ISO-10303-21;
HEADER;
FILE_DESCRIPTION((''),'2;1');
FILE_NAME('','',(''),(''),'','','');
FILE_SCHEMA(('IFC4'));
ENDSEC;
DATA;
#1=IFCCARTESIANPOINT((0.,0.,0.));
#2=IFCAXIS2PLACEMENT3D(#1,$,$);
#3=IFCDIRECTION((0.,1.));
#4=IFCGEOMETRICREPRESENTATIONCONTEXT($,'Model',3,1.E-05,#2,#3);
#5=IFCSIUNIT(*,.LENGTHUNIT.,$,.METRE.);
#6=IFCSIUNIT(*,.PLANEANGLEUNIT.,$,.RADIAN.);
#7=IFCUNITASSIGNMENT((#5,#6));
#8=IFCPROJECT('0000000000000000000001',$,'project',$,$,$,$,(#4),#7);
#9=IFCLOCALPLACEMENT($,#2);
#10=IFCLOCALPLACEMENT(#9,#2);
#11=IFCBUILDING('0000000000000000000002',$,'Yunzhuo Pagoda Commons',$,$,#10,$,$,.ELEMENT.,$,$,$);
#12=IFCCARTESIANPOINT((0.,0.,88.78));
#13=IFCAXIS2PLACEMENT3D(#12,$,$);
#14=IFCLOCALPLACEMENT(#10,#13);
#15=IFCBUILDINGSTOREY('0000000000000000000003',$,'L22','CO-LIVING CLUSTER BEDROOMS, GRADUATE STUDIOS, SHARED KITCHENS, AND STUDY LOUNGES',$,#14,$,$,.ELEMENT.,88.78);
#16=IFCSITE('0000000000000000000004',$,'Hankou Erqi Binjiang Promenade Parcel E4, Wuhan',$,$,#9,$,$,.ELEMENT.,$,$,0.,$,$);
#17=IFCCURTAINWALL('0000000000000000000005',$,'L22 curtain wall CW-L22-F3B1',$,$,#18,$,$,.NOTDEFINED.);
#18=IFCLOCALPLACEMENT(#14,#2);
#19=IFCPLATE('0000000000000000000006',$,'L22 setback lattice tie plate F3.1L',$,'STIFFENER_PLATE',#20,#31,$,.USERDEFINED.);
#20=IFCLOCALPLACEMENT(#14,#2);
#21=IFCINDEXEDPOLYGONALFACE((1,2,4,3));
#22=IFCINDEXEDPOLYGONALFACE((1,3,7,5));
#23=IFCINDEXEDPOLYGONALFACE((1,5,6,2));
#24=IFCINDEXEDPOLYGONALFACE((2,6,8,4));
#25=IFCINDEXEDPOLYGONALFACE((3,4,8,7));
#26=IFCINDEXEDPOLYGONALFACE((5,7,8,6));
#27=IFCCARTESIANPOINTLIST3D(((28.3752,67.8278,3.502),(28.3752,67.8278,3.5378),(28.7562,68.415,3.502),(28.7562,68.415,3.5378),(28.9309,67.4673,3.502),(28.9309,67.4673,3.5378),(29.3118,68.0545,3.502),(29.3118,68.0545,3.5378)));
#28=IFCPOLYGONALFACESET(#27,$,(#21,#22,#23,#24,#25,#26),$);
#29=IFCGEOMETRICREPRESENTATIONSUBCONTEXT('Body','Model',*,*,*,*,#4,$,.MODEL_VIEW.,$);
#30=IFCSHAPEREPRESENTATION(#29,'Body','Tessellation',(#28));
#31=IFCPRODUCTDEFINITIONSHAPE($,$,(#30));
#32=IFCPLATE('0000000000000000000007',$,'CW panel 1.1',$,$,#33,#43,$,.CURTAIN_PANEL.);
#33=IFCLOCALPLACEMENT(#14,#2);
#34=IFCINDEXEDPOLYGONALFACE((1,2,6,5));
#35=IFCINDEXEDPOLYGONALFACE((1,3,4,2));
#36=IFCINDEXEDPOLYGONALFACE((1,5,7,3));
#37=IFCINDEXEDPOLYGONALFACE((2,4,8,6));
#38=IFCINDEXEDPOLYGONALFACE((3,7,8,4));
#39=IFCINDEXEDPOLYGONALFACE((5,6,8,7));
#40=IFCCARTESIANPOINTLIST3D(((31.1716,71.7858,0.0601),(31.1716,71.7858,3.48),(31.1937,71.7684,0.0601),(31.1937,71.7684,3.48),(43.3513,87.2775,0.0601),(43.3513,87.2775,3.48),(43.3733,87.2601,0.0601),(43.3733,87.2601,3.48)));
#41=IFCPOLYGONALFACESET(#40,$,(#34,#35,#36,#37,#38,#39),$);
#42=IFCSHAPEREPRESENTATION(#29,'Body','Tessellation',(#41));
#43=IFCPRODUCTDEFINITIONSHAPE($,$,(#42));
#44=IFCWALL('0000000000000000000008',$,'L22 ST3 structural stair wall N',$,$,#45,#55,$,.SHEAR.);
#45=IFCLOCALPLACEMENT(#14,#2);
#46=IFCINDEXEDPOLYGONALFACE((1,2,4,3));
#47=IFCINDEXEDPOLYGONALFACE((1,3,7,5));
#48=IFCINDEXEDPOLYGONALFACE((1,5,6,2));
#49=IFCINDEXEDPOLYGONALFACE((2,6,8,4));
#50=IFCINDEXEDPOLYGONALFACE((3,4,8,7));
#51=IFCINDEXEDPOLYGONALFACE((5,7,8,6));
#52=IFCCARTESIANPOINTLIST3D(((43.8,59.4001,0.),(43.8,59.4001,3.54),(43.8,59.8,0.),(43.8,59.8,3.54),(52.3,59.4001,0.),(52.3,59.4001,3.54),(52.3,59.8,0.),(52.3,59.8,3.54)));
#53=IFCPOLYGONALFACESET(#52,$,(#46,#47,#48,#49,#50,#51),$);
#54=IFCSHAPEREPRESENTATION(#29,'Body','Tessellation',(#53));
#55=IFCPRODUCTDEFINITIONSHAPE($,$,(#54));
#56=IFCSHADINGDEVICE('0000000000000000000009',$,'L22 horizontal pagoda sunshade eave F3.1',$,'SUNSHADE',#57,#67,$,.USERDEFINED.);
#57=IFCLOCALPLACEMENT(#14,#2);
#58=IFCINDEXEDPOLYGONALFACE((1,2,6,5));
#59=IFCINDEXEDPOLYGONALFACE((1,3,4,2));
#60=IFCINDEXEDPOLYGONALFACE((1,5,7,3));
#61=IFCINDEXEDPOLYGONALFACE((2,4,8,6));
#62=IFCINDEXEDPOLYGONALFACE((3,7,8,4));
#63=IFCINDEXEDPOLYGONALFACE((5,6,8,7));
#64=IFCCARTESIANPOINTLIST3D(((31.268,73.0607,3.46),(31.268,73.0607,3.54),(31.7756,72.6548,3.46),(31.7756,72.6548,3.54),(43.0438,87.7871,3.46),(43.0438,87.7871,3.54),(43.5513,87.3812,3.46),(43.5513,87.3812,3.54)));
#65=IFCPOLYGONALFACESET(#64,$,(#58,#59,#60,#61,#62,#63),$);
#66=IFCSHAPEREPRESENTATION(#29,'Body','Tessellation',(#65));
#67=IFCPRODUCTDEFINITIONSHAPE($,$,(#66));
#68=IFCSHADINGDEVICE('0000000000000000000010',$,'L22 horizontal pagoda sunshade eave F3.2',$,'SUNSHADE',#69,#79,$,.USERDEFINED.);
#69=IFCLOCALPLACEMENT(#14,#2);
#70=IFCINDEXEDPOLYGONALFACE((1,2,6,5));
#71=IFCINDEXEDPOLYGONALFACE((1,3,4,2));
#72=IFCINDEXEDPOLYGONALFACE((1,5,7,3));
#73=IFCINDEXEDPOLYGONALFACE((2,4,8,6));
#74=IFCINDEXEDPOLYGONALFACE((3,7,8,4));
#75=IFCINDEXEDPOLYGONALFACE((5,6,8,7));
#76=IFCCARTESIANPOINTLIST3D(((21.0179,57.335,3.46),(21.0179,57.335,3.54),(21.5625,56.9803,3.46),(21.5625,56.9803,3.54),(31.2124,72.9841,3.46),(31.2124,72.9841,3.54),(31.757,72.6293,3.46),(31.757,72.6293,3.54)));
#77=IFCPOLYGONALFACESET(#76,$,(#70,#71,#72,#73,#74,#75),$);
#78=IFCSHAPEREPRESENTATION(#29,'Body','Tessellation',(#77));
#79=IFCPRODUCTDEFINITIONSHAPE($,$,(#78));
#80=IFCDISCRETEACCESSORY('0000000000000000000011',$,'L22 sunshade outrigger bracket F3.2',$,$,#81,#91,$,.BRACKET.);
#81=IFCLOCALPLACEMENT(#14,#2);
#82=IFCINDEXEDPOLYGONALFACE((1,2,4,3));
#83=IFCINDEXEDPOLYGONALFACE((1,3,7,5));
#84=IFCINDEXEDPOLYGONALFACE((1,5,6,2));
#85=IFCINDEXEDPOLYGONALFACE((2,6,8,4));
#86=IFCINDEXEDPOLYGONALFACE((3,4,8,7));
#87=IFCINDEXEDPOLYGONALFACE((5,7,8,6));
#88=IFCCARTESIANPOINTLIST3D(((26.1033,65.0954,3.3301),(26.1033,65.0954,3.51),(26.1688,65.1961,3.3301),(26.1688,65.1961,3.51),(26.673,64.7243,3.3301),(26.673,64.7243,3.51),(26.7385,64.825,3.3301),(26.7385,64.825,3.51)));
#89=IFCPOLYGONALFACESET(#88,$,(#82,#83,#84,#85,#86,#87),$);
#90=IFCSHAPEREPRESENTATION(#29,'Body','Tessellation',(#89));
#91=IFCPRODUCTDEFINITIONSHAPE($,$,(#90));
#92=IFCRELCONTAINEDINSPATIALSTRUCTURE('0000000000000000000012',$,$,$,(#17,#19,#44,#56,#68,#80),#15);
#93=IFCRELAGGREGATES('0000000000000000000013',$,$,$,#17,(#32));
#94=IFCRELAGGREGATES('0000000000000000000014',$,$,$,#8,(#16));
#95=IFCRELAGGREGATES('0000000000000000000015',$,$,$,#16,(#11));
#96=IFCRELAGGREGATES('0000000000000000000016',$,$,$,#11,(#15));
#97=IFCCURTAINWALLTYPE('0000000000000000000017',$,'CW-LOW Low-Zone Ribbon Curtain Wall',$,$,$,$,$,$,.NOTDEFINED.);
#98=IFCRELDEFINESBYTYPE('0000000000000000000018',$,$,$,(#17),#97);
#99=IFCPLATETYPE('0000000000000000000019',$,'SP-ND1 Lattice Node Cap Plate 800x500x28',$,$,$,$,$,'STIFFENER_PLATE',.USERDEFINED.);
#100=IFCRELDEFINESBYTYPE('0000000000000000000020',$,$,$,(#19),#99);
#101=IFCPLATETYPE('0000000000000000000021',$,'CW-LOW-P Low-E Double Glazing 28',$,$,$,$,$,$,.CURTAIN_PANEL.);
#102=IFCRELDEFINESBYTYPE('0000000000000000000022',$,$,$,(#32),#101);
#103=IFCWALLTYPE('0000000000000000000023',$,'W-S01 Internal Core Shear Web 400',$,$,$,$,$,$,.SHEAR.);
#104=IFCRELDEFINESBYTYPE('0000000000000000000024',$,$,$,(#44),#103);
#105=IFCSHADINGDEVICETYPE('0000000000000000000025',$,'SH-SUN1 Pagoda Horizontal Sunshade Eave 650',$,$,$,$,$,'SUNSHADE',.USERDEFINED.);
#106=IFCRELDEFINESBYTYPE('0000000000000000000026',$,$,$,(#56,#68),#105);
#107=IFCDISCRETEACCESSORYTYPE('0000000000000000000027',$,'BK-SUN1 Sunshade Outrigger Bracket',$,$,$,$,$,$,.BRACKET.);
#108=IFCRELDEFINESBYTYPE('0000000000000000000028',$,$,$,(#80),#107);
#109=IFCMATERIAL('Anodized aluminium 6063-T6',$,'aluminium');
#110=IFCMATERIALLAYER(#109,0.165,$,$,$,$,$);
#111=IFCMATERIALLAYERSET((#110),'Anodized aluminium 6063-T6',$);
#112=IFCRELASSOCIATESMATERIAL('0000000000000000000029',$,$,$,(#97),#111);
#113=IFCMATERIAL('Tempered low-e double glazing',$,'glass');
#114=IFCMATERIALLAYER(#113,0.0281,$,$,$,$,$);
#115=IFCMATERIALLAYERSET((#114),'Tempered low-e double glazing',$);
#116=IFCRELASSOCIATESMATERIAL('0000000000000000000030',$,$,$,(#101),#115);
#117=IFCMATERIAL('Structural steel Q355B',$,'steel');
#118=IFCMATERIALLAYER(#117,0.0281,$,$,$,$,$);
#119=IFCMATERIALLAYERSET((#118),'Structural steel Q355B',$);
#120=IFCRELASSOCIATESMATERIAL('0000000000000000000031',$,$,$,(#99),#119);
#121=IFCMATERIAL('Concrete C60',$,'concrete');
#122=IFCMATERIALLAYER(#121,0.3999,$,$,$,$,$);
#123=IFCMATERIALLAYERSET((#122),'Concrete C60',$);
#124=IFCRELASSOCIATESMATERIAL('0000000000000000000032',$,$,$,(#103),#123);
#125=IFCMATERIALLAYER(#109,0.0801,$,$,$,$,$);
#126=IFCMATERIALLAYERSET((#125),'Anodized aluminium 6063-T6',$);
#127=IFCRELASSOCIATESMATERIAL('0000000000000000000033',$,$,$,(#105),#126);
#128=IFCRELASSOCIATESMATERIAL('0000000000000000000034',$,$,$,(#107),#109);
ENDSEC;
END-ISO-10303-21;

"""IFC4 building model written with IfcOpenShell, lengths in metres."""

from ifc_helpers import new_model, si_unit, direction, frame, frame_2d, origin, origin_2d, place, context, subcontext, project, spatial, rectangle, extrude, source, transform, mapped, material, layer, layer_set, type_object, element, aggregate, save


model = new_model("IFC4")

# Units and contexts
model_context = context("Model", 3, precision=1e-05, world=origin(), true_north=direction((0.0, 1.0)))
body_context = subcontext(model_context, "Body", "Model", "MODEL_VIEW")
ifc_project = project(units=[si_unit("LENGTHUNIT", "METRE"), si_unit("PLANEANGLEUNIT", "RADIAN")], contexts=[model_context])

# Site, building, storey
site_placement = place(None, origin())
site = spatial("IfcSite", under=ifc_project, at=site_placement, Name="Hankou Erqi Binjiang Promenade Parcel E4, Wuhan", CompositionType="ELEMENT", RefElevation=0.0)
building_placement = place(site_placement, origin())
building = spatial("IfcBuilding", under=site, at=building_placement, Name="Yunzhuo Pagoda Commons", CompositionType="ELEMENT")
storey_placement = place(building_placement, frame((0.0, 0.0, 88.78)))
storey = spatial("IfcBuildingStorey", under=building, at=storey_placement, Name="L22", Description="CO-LIVING CLUSTER BEDROOMS, GRADUATE STUDIOS, SHARED KITCHENS, AND STUDY LOUNGES", CompositionType="ELEMENT", Elevation=88.78)

# Shared definitions
ifc_material_1 = material(Name="Structural steel Q355B", Category="steel")

# Shared definitions
ifc_material_2 = material(Name="Anodized aluminium 6063-T6", Category="aluminium")
ifc_layer_1 = layer(ifc_material_2, 0.165)
ifc_layer_set_1 = layer_set([ifc_layer_1], Name="Anodized aluminium 6063-T6")
curtain_wall_type = type_object("IfcCurtainWallType", Name="CW-LOW Low-Zone Ribbon Curtain Wall", PredefinedType="NOTDEFINED", material=ifc_layer_set_1)

# Curtain wall
curtain_wall_1_placement = place(storey_placement, origin())
curtain_wall_1 = element("IfcCurtainWall", 1, at=curtain_wall_1_placement, inside=storey, type_object=curtain_wall_type, Name="L22 curtain wall CW-L22-F3B1", PredefinedType="NOTDEFINED")

# Shared definitions
ifc_material_3 = material(Name="Tempered low-e double glazing", Category="glass")
ifc_layer_2 = layer(ifc_material_3, 0.0281)
ifc_layer_set_2 = layer_set([ifc_layer_2], Name="Tempered low-e double glazing")
plate_type_1 = type_object("IfcPlateType", Name="CW-LOW-P Low-E Double Glazing 28", PredefinedType="CURTAIN_PANEL", material=ifc_layer_set_2)

# Plate
ifc_layer_3 = layer(ifc_material_1, 0.0281)
ifc_layer_set_3 = layer_set([ifc_layer_3], Name="Structural steel Q355B")
plate_type_2 = type_object("IfcPlateType", Name="SP-ND1 Lattice Node Cap Plate 800x500x28", ElementType="STIFFENER_PLATE", PredefinedType="USERDEFINED", material=ifc_layer_set_3)
shared_shape_1 = source(origin(), body_context, "Body", "SweptSolid", [
    extrude(rectangle(XDim=0.7, YDim=0.6624, at=origin_2d()), origin(), (0.0, 0.0, 1.0), 0.0359),
])
plate_1_placement = place(storey_placement, frame((28.8435, 67.9412, 3.502), z_axis=(0.0, 0.0, 1.0), x_axis=(-0.544273, -0.838908, 0.0)))
element("IfcPlate", 2, at=plate_1_placement, inside=storey, type_object=plate_type_2, Name="L22 setback lattice tie plate F3.1L", ObjectType="STIFFENER_PLATE", PredefinedType="USERDEFINED", context=body_context, shape_type="MappedRepresentation", body=[
    mapped(shared_shape_1, transform((0.0, 0.0, 0.0), scale=1.0)),
])

# Plate
shared_shape_2 = source(origin(), body_context, "Body", "SweptSolid", [
    extrude(rectangle(XDim=19.7063, YDim=0.0281, at=origin_2d()), origin(), (0.0, 0.0, 1.0), 3.4199),
])
plate_2_placement = place(storey_placement, frame((37.2725, 79.5229, 0.0601), z_axis=(0.0, 0.0, 1.0), x_axis=(-0.61806, -0.786131, 0.0)))
plate_2 = element("IfcPlate", 3, at=plate_2_placement, type_object=plate_type_1, Name="CW panel 1.1", PredefinedType="CURTAIN_PANEL", context=body_context, shape_type="MappedRepresentation", body=[
    mapped(shared_shape_2, transform((0.0, 0.0, 0.0), scale=1.0)),
])
aggregate(curtain_wall_1, [plate_2])

# Wall
ifc_material_4 = material(Name="Concrete C60", Category="concrete")
ifc_layer_4 = layer(ifc_material_4, 0.3999)
ifc_layer_set_4 = layer_set([ifc_layer_4], Name="Concrete C60")
wall_type = type_object("IfcWallType", Name="W-S01 Internal Core Shear Web 400", PredefinedType="SHEAR", material=ifc_layer_set_4)
wall_placement = place(storey_placement, frame((43.8, 59.6001, 0.0), z_axis=(0.0, 0.0, 1.0), x_axis=(1.0, 0.0, 0.0)))
element("IfcWall", 4, at=wall_placement, inside=storey, type_object=wall_type, Name="L22 ST3 structural stair wall N", PredefinedType="SHEAR", context=body_context, shape_type="SweptSolid", body=[
    extrude(rectangle(XDim=8.5, YDim=0.3999, at=frame_2d((4.25, 0.0))), origin(), (0.0, 0.0, 1.0), 3.54),
])

# Shading devices
ifc_layer_5 = layer(ifc_material_2, 0.0801)
ifc_layer_set_5 = layer_set([ifc_layer_5], Name="Anodized aluminium 6063-T6")
shading_device_type = type_object("IfcShadingDeviceType", Name="SH-SUN1 Pagoda Horizontal Sunshade Eave 650", ElementType="SUNSHADE", PredefinedType="USERDEFINED", material=ifc_layer_set_5)
shared_shape_3 = source(origin(), body_context, "Body", "SweptSolid", [
    extrude(rectangle(XDim=18.8557, YDim=0.6499, at=origin_2d()), origin(), (0.0, 0.0, 1.0), 0.0801),
])
shading_device_1_placement = place(storey_placement, frame((37.4097, 80.2209, 3.46), z_axis=(0.0, 0.0, 1.0), x_axis=(-0.62452, -0.781008, 0.0)))
element("IfcShadingDevice", 5, at=shading_device_1_placement, inside=storey, type_object=shading_device_type, Name="L22 horizontal pagoda sunshade eave F3.1", ObjectType="SUNSHADE", PredefinedType="USERDEFINED", context=body_context, shape_type="MappedRepresentation", body=[
    mapped(shared_shape_3, transform((0.0, 0.0, 0.0), scale=1.0)),
])
shared_shape_4 = source(origin(), body_context, "Body", "SweptSolid", [
    extrude(rectangle(XDim=18.6768, YDim=0.6499, at=origin_2d()), origin(), (0.0, 0.0, 1.0), 0.0801),
])
shading_device_2_placement = place(storey_placement, frame((26.3875, 64.9822, 3.46), z_axis=(0.0, 0.0, 1.0), x_axis=(-0.545839, -0.83789, 0.0)))
element("IfcShadingDevice", 6, at=shading_device_2_placement, inside=storey, type_object=shading_device_type, Name="L22 horizontal pagoda sunshade eave F3.2", ObjectType="SUNSHADE", PredefinedType="USERDEFINED", context=body_context, shape_type="MappedRepresentation", body=[
    mapped(shared_shape_4, transform((0.0, 0.0, 0.0), scale=1.0)),
])

# Discrete accessory
discrete_accessory_type = type_object("IfcDiscreteAccessoryType", Name="BK-SUN1 Sunshade Outrigger Bracket", PredefinedType="BRACKET", material=ifc_material_2)
shared_shape_5 = source(origin(), body_context, "Body", "SweptSolid", [
    extrude(rectangle(XDim=0.1201, YDim=0.6799, at=origin_2d()), origin(), (0.0, 0.0, 1.0), 0.1799),
])
discrete_accessory_placement = place(storey_placement, frame((26.4209, 64.9602, 3.3301), z_axis=(0.0, 0.0, 1.0), x_axis=(-0.545839, -0.83789, 0.0)))
element("IfcDiscreteAccessory", 7, at=discrete_accessory_placement, inside=storey, type_object=discrete_accessory_type, Name="L22 sunshade outrigger bracket F3.2", PredefinedType="BRACKET", context=body_context, shape_type="MappedRepresentation", body=[
    mapped(shared_shape_5, transform((0.0, 0.0, 0.0), scale=1.0)),
])

save(model, "model.ifc")
